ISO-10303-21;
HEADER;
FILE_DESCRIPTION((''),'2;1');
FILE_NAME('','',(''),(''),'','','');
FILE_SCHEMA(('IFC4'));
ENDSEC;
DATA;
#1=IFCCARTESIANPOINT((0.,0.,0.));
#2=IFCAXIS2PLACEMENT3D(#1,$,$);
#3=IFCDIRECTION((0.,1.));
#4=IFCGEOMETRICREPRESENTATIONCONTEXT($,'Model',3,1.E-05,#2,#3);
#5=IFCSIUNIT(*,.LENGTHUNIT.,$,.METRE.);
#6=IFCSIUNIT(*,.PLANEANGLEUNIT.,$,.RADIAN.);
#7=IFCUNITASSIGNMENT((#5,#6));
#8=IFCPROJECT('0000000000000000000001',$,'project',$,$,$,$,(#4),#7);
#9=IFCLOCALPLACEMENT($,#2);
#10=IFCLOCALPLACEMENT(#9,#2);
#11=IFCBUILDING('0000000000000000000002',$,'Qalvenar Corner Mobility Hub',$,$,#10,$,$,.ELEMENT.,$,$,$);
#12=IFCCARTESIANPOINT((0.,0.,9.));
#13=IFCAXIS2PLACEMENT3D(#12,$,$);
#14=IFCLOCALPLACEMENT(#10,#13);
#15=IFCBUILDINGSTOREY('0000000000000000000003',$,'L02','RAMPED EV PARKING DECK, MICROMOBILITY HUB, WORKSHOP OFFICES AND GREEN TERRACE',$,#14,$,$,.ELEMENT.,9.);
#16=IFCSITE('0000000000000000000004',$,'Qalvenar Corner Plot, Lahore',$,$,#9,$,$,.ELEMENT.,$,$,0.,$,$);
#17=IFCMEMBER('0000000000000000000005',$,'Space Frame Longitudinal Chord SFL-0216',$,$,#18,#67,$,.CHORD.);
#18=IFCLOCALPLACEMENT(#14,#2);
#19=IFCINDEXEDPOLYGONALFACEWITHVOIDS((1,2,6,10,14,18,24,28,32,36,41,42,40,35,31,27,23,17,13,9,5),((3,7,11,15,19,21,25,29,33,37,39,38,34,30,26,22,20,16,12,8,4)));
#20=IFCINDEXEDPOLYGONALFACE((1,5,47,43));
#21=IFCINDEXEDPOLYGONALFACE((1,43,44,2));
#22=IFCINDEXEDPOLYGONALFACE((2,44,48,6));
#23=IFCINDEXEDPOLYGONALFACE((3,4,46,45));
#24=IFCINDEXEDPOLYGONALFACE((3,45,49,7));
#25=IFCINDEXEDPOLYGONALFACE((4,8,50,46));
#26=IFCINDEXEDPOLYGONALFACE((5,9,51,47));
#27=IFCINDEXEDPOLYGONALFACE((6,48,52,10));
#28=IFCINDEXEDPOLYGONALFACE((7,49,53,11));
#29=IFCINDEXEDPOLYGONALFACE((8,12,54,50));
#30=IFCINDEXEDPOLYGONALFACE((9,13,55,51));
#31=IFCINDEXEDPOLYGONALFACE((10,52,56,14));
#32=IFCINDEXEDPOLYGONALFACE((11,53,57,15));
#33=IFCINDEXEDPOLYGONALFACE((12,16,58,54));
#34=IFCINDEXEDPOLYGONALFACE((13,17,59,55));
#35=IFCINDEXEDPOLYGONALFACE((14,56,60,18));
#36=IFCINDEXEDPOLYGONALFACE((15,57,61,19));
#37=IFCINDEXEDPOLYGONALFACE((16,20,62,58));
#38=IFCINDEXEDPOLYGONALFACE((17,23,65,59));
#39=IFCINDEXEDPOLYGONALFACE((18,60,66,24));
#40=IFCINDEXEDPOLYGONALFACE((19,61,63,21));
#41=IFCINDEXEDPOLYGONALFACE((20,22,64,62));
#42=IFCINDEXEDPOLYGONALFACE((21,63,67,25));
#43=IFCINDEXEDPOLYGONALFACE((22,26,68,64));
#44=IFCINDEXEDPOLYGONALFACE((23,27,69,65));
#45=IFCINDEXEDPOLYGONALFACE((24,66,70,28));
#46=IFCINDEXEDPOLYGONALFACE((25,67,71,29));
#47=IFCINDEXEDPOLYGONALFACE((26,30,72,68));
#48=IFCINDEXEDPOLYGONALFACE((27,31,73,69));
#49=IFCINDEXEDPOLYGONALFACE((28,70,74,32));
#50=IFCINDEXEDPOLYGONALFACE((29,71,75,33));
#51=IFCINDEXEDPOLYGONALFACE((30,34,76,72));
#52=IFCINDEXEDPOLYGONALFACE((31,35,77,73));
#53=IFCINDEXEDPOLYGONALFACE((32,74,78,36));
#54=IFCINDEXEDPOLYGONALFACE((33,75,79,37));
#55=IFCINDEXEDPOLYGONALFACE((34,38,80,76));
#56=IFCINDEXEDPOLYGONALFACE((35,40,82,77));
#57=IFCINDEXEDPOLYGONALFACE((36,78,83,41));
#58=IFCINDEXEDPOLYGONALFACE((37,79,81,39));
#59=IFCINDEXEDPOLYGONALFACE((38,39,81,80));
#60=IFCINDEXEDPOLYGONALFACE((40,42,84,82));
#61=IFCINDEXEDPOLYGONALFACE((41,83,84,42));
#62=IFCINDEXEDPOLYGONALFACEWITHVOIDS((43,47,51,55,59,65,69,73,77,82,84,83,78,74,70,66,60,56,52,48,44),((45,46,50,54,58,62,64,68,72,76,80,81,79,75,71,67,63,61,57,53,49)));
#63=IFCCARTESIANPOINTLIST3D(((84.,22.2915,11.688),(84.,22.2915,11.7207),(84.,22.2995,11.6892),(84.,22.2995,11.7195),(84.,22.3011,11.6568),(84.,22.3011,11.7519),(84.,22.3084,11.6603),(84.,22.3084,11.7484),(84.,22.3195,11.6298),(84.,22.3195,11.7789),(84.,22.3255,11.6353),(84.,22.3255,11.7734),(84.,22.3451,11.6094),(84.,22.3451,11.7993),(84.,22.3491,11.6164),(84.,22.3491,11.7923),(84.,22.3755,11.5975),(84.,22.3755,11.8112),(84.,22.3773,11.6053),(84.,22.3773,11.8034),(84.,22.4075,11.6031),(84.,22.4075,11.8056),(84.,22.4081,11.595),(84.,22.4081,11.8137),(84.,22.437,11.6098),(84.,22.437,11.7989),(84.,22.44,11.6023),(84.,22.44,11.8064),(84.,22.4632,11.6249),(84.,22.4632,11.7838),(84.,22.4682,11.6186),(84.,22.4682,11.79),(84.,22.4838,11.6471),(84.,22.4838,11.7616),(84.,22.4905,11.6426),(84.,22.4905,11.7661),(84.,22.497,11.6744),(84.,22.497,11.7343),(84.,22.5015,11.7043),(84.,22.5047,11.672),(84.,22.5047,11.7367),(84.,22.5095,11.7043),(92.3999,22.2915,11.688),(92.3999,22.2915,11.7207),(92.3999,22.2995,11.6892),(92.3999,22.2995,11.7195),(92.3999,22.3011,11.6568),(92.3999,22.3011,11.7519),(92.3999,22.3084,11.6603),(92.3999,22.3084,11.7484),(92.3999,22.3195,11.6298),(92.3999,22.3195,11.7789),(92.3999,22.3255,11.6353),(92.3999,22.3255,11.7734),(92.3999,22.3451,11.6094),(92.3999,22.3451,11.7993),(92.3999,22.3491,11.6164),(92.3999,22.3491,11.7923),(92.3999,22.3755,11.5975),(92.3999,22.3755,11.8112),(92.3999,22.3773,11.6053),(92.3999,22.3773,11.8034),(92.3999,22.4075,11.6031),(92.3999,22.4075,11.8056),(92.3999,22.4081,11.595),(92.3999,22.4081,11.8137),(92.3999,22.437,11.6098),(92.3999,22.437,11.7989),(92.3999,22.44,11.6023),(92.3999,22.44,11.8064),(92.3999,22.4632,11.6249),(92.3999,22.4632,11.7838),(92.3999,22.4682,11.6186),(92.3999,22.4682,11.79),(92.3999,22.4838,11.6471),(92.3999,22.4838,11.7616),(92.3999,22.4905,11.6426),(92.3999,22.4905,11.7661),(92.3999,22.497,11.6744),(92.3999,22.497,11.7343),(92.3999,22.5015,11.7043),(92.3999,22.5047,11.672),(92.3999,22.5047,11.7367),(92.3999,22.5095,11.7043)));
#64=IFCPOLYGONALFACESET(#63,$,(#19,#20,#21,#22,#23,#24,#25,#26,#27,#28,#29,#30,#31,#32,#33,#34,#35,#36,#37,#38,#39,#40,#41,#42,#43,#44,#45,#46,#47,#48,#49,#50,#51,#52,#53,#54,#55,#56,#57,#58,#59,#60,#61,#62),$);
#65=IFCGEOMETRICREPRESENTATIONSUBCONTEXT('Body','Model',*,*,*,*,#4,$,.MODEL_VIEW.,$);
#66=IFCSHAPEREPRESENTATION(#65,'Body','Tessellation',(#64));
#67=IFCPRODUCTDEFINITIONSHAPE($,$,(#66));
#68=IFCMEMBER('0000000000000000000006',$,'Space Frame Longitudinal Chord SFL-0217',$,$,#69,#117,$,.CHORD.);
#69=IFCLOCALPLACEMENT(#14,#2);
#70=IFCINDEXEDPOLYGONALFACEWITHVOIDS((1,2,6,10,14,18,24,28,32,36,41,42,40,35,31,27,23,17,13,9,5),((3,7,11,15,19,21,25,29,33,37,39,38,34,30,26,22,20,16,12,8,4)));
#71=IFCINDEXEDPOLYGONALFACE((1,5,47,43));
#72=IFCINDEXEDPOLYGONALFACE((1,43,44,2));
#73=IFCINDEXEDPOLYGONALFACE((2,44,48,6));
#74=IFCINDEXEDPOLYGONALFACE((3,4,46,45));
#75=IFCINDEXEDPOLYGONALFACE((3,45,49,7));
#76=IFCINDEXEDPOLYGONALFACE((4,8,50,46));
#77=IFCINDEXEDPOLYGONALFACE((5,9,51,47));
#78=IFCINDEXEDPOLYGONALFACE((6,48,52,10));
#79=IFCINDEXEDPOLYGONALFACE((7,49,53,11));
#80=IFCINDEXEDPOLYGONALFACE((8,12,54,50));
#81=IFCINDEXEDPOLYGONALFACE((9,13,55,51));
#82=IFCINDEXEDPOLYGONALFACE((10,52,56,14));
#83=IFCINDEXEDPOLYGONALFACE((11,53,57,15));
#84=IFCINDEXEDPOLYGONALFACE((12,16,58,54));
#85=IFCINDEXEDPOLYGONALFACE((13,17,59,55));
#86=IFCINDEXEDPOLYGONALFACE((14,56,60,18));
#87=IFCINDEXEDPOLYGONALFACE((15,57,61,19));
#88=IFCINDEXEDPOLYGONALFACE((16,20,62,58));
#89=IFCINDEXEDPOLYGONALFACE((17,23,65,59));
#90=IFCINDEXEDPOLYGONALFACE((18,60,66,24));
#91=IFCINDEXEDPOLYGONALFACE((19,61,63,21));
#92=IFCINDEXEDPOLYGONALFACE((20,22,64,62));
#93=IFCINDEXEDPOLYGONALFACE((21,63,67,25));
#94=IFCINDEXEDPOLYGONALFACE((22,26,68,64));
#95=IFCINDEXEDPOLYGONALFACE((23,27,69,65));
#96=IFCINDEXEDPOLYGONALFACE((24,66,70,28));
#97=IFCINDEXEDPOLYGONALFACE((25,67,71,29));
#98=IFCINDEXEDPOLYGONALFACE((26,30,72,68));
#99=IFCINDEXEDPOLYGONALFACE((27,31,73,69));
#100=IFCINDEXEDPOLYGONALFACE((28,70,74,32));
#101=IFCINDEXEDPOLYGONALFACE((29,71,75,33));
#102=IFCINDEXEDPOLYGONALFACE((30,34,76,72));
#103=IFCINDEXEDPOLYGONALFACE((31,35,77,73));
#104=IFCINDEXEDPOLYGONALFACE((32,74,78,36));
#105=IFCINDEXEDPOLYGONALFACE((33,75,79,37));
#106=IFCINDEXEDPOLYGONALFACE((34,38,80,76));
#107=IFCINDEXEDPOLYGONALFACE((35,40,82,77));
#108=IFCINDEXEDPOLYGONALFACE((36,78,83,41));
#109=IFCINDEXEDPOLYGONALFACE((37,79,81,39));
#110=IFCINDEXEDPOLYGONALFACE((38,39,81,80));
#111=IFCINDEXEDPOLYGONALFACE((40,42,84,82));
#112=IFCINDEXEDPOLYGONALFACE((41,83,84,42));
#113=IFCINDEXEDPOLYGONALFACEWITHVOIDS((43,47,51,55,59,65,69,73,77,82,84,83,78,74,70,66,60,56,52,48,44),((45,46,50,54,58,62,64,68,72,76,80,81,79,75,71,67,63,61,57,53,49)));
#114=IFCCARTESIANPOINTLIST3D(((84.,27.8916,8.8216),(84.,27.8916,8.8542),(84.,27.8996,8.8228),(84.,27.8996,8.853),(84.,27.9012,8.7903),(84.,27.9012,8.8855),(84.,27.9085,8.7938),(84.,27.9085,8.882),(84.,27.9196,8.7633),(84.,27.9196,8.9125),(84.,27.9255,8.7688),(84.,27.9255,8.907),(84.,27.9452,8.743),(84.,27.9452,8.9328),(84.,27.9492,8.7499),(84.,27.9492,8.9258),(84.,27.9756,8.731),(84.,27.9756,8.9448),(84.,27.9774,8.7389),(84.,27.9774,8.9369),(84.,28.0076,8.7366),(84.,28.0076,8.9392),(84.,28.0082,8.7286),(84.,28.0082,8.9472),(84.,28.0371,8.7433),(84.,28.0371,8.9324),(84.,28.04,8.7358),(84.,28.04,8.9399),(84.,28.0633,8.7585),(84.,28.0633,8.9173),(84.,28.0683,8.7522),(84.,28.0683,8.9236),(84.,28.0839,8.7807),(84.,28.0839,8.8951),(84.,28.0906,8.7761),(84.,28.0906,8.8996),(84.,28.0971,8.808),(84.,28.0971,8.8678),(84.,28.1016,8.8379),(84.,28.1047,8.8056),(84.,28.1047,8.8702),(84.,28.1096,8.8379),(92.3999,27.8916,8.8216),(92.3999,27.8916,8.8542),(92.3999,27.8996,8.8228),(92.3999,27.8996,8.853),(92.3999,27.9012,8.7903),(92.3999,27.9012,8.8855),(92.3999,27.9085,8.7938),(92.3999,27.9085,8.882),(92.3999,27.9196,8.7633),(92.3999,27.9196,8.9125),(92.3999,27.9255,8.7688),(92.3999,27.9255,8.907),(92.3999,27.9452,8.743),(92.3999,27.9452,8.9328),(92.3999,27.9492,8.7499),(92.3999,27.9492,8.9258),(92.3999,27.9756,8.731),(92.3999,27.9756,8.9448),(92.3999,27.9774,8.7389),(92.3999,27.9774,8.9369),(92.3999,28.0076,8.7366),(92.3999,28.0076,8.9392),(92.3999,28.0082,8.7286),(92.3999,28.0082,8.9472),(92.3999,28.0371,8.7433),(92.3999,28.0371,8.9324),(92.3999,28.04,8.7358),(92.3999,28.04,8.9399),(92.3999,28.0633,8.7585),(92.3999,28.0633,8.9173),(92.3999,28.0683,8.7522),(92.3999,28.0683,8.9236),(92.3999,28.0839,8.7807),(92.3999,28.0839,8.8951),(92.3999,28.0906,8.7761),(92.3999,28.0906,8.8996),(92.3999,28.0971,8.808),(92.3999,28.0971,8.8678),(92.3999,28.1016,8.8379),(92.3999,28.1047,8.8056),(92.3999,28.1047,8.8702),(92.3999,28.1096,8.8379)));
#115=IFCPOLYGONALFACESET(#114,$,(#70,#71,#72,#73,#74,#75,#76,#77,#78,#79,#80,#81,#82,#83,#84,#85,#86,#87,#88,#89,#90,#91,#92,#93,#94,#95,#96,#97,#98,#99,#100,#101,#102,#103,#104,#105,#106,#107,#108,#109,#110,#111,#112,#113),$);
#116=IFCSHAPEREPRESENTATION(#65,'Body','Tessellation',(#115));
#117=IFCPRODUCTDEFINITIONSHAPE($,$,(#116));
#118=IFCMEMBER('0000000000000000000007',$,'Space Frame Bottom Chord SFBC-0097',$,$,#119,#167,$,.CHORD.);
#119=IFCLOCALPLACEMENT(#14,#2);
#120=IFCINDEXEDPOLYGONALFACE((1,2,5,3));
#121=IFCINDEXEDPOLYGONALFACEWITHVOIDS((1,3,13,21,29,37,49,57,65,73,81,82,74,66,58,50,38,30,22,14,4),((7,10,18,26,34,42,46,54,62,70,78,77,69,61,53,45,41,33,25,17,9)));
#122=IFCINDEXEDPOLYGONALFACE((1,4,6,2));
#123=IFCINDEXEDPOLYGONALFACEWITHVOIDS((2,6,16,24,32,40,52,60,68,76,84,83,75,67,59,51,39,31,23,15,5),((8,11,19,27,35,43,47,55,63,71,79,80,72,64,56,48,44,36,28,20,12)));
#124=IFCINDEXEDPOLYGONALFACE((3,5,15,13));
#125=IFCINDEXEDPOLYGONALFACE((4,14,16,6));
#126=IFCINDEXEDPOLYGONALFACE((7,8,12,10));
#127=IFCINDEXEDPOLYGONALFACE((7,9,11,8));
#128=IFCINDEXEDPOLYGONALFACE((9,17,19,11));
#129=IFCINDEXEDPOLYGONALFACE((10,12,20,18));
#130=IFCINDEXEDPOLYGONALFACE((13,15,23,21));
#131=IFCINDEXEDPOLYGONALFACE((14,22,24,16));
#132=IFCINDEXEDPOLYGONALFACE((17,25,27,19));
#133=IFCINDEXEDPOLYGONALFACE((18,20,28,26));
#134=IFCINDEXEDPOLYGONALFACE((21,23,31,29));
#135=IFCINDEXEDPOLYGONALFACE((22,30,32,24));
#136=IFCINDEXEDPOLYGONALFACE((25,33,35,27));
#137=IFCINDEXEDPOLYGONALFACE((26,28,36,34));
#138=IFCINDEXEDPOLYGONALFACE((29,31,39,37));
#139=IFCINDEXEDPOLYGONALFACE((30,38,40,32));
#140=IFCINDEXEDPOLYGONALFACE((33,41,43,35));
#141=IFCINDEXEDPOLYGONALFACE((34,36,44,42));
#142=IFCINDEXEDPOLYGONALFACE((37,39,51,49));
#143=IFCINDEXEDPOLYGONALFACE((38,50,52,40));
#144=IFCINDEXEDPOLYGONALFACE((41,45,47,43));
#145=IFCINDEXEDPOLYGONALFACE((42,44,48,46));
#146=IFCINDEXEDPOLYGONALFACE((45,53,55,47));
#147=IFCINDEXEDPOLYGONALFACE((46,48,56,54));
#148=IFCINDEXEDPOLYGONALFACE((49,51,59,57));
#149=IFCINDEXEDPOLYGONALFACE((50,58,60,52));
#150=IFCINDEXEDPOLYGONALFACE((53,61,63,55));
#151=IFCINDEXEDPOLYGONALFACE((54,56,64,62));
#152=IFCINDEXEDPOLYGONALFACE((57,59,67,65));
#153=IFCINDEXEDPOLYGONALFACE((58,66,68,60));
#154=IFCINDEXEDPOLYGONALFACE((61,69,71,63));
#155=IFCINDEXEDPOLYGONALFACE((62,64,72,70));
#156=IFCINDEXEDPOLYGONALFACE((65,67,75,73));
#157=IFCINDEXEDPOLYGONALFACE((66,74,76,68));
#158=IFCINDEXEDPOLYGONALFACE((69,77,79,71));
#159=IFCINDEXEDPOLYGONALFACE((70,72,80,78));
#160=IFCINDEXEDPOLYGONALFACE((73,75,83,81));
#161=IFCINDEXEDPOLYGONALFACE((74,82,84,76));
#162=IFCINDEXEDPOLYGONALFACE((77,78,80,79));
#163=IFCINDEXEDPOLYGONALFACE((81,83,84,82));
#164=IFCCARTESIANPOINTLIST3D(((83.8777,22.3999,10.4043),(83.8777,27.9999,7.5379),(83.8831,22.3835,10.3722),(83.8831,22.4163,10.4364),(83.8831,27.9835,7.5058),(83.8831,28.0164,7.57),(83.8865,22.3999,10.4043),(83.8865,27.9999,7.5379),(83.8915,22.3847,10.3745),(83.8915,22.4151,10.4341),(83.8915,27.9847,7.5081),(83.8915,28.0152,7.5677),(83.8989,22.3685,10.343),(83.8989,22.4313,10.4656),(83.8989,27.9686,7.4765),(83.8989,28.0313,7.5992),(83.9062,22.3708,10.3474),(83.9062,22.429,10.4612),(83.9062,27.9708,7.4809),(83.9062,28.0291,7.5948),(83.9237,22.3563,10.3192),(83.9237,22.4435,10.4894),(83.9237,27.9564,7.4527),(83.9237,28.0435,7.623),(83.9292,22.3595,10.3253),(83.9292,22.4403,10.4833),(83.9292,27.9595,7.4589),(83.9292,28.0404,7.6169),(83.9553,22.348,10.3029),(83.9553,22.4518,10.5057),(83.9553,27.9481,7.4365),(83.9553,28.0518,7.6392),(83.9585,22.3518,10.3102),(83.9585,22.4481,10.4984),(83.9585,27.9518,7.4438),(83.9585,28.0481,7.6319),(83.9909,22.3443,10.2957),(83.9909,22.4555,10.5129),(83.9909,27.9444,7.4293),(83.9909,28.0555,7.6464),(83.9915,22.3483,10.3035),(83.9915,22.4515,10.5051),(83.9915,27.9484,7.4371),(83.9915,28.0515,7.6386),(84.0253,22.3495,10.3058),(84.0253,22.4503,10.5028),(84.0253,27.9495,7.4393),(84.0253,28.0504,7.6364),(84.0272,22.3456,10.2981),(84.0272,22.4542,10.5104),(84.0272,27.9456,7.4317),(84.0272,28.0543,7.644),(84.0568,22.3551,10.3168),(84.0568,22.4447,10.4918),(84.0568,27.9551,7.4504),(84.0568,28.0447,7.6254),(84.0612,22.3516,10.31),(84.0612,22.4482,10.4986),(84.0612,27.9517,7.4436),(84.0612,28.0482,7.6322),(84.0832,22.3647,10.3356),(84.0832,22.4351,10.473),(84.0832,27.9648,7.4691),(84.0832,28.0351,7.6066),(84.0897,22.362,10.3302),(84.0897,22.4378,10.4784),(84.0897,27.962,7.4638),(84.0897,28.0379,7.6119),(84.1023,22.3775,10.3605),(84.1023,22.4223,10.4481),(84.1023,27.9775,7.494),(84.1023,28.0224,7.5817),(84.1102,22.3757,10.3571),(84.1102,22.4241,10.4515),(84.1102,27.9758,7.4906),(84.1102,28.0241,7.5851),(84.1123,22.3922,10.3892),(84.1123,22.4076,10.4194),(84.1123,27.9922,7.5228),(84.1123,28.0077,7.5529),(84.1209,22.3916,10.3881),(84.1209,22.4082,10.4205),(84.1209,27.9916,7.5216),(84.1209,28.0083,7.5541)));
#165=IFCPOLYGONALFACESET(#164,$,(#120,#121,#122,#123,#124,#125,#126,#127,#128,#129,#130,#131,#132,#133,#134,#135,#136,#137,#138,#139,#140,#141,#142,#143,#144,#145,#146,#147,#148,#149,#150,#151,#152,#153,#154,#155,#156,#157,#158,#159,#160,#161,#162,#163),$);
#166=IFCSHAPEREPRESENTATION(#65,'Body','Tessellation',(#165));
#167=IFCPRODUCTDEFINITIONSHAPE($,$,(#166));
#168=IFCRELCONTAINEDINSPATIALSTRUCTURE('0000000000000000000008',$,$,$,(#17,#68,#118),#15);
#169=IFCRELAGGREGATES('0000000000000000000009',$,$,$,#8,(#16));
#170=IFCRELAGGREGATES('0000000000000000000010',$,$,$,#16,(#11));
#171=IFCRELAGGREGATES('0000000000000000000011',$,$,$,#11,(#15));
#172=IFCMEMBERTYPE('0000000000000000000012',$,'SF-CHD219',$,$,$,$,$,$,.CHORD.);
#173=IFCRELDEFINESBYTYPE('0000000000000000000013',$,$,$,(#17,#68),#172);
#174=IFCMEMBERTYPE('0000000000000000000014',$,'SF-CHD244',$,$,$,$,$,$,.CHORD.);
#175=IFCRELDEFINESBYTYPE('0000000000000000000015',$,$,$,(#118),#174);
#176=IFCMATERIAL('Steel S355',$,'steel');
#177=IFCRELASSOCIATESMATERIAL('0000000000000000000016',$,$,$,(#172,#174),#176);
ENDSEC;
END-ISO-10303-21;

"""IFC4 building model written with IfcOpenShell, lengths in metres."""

from ifc_helpers import new_model, si_unit, direction, frame, origin, origin_2d, place, context, subcontext, project, spatial, hollow_circle, extrude, material, material_profile, profile_set, type_object, element, save


model = new_model("IFC4")

# Units and contexts
model_context = context("Model", 3, precision=1e-05, world=origin(), true_north=direction((0.0, 1.0)))
body_context = subcontext(model_context, "Body", "Model", "MODEL_VIEW")
ifc_project = project(units=[si_unit("LENGTHUNIT", "METRE"), si_unit("PLANEANGLEUNIT", "RADIAN")], contexts=[model_context])

# Site, building, storey
site_placement = place(None, origin())
site = spatial("IfcSite", under=ifc_project, at=site_placement, Name="Qalvenar Corner Plot, Lahore", CompositionType="ELEMENT", RefElevation=0.0)
building_placement = place(site_placement, origin())
building = spatial("IfcBuilding", under=site, at=building_placement, Name="Qalvenar Corner Mobility Hub", CompositionType="ELEMENT")
storey_placement = place(building_placement, frame((0.0, 0.0, 9.0)))
storey = spatial("IfcBuildingStorey", under=building, at=storey_placement, Name="L02", Description="RAMPED EV PARKING DECK, MICROMOBILITY HUB, WORKSHOP OFFICES AND GREEN TERRACE", CompositionType="ELEMENT", Elevation=9.0)

# Members
ifc_material_1 = material(Name="Steel S355", Category="steel")
ifc_material_profile_1 = material_profile(ifc_material_1, hollow_circle(Radius=0.1096, WallThickness=0.0081, at=origin_2d()), Name="CHS219.1x8")
ifc_profile_set_1 = profile_set([ifc_material_profile_1], Name="Steel S355")
member_type_1 = type_object("IfcMemberType", Name="SF-CHD219", PredefinedType="CHORD", material=ifc_profile_set_1)
for number, where, z_axis, x_axis, name in (
    (1, (84.0, 22.3999, 11.7043), (1.0, 0.0, 0.0), (0.0, 1.0, 0.0), "Space Frame Longitudinal Chord SFL-0216"),
    (2, (84.0, 28.0, 8.8379), (1.0, 0.0, 0.0), (0.0, 1.0, 0.0), "Space Frame Longitudinal Chord SFL-0217"),
):
    element("IfcMember", number, at=place(storey_placement, frame(where, z_axis=z_axis, x_axis=x_axis)), inside=storey, type_object=member_type_1, Name=name, PredefinedType="CHORD", context=body_context, shape_type="SweptSolid", body=[
        extrude(hollow_circle(Radius=0.1096, WallThickness=0.0081, at=origin_2d()), origin(), (0.0, 0.0, 1.0), 8.3999),
    ])
ifc_material_profile_2 = material_profile(ifc_material_1, hollow_circle(Radius=0.1223, WallThickness=0.0088, at=origin_2d()), Name="CHS244.5x8.8")
ifc_profile_set_2 = profile_set([ifc_material_profile_2], Name="Steel S355")
member_type_2 = type_object("IfcMemberType", Name="SF-CHD244", PredefinedType="CHORD", material=ifc_profile_set_2)
member_1_placement = place(storey_placement, frame((84.0, 22.3999, 10.4043), z_axis=(0.0, 0.890165, -0.455638), x_axis=(-1.0, 0.0, 0.0)))
element("IfcMember", 3, at=member_1_placement, inside=storey, type_object=member_type_2, Name="Space Frame Bottom Chord SFBC-0097", PredefinedType="CHORD", context=body_context, shape_type="SweptSolid", body=[
    extrude(hollow_circle(Radius=0.1223, WallThickness=0.0088, at=origin_2d()), origin(), (0.0, 0.0, 1.0), 6.291),
])

save(model, "model.ifc")
